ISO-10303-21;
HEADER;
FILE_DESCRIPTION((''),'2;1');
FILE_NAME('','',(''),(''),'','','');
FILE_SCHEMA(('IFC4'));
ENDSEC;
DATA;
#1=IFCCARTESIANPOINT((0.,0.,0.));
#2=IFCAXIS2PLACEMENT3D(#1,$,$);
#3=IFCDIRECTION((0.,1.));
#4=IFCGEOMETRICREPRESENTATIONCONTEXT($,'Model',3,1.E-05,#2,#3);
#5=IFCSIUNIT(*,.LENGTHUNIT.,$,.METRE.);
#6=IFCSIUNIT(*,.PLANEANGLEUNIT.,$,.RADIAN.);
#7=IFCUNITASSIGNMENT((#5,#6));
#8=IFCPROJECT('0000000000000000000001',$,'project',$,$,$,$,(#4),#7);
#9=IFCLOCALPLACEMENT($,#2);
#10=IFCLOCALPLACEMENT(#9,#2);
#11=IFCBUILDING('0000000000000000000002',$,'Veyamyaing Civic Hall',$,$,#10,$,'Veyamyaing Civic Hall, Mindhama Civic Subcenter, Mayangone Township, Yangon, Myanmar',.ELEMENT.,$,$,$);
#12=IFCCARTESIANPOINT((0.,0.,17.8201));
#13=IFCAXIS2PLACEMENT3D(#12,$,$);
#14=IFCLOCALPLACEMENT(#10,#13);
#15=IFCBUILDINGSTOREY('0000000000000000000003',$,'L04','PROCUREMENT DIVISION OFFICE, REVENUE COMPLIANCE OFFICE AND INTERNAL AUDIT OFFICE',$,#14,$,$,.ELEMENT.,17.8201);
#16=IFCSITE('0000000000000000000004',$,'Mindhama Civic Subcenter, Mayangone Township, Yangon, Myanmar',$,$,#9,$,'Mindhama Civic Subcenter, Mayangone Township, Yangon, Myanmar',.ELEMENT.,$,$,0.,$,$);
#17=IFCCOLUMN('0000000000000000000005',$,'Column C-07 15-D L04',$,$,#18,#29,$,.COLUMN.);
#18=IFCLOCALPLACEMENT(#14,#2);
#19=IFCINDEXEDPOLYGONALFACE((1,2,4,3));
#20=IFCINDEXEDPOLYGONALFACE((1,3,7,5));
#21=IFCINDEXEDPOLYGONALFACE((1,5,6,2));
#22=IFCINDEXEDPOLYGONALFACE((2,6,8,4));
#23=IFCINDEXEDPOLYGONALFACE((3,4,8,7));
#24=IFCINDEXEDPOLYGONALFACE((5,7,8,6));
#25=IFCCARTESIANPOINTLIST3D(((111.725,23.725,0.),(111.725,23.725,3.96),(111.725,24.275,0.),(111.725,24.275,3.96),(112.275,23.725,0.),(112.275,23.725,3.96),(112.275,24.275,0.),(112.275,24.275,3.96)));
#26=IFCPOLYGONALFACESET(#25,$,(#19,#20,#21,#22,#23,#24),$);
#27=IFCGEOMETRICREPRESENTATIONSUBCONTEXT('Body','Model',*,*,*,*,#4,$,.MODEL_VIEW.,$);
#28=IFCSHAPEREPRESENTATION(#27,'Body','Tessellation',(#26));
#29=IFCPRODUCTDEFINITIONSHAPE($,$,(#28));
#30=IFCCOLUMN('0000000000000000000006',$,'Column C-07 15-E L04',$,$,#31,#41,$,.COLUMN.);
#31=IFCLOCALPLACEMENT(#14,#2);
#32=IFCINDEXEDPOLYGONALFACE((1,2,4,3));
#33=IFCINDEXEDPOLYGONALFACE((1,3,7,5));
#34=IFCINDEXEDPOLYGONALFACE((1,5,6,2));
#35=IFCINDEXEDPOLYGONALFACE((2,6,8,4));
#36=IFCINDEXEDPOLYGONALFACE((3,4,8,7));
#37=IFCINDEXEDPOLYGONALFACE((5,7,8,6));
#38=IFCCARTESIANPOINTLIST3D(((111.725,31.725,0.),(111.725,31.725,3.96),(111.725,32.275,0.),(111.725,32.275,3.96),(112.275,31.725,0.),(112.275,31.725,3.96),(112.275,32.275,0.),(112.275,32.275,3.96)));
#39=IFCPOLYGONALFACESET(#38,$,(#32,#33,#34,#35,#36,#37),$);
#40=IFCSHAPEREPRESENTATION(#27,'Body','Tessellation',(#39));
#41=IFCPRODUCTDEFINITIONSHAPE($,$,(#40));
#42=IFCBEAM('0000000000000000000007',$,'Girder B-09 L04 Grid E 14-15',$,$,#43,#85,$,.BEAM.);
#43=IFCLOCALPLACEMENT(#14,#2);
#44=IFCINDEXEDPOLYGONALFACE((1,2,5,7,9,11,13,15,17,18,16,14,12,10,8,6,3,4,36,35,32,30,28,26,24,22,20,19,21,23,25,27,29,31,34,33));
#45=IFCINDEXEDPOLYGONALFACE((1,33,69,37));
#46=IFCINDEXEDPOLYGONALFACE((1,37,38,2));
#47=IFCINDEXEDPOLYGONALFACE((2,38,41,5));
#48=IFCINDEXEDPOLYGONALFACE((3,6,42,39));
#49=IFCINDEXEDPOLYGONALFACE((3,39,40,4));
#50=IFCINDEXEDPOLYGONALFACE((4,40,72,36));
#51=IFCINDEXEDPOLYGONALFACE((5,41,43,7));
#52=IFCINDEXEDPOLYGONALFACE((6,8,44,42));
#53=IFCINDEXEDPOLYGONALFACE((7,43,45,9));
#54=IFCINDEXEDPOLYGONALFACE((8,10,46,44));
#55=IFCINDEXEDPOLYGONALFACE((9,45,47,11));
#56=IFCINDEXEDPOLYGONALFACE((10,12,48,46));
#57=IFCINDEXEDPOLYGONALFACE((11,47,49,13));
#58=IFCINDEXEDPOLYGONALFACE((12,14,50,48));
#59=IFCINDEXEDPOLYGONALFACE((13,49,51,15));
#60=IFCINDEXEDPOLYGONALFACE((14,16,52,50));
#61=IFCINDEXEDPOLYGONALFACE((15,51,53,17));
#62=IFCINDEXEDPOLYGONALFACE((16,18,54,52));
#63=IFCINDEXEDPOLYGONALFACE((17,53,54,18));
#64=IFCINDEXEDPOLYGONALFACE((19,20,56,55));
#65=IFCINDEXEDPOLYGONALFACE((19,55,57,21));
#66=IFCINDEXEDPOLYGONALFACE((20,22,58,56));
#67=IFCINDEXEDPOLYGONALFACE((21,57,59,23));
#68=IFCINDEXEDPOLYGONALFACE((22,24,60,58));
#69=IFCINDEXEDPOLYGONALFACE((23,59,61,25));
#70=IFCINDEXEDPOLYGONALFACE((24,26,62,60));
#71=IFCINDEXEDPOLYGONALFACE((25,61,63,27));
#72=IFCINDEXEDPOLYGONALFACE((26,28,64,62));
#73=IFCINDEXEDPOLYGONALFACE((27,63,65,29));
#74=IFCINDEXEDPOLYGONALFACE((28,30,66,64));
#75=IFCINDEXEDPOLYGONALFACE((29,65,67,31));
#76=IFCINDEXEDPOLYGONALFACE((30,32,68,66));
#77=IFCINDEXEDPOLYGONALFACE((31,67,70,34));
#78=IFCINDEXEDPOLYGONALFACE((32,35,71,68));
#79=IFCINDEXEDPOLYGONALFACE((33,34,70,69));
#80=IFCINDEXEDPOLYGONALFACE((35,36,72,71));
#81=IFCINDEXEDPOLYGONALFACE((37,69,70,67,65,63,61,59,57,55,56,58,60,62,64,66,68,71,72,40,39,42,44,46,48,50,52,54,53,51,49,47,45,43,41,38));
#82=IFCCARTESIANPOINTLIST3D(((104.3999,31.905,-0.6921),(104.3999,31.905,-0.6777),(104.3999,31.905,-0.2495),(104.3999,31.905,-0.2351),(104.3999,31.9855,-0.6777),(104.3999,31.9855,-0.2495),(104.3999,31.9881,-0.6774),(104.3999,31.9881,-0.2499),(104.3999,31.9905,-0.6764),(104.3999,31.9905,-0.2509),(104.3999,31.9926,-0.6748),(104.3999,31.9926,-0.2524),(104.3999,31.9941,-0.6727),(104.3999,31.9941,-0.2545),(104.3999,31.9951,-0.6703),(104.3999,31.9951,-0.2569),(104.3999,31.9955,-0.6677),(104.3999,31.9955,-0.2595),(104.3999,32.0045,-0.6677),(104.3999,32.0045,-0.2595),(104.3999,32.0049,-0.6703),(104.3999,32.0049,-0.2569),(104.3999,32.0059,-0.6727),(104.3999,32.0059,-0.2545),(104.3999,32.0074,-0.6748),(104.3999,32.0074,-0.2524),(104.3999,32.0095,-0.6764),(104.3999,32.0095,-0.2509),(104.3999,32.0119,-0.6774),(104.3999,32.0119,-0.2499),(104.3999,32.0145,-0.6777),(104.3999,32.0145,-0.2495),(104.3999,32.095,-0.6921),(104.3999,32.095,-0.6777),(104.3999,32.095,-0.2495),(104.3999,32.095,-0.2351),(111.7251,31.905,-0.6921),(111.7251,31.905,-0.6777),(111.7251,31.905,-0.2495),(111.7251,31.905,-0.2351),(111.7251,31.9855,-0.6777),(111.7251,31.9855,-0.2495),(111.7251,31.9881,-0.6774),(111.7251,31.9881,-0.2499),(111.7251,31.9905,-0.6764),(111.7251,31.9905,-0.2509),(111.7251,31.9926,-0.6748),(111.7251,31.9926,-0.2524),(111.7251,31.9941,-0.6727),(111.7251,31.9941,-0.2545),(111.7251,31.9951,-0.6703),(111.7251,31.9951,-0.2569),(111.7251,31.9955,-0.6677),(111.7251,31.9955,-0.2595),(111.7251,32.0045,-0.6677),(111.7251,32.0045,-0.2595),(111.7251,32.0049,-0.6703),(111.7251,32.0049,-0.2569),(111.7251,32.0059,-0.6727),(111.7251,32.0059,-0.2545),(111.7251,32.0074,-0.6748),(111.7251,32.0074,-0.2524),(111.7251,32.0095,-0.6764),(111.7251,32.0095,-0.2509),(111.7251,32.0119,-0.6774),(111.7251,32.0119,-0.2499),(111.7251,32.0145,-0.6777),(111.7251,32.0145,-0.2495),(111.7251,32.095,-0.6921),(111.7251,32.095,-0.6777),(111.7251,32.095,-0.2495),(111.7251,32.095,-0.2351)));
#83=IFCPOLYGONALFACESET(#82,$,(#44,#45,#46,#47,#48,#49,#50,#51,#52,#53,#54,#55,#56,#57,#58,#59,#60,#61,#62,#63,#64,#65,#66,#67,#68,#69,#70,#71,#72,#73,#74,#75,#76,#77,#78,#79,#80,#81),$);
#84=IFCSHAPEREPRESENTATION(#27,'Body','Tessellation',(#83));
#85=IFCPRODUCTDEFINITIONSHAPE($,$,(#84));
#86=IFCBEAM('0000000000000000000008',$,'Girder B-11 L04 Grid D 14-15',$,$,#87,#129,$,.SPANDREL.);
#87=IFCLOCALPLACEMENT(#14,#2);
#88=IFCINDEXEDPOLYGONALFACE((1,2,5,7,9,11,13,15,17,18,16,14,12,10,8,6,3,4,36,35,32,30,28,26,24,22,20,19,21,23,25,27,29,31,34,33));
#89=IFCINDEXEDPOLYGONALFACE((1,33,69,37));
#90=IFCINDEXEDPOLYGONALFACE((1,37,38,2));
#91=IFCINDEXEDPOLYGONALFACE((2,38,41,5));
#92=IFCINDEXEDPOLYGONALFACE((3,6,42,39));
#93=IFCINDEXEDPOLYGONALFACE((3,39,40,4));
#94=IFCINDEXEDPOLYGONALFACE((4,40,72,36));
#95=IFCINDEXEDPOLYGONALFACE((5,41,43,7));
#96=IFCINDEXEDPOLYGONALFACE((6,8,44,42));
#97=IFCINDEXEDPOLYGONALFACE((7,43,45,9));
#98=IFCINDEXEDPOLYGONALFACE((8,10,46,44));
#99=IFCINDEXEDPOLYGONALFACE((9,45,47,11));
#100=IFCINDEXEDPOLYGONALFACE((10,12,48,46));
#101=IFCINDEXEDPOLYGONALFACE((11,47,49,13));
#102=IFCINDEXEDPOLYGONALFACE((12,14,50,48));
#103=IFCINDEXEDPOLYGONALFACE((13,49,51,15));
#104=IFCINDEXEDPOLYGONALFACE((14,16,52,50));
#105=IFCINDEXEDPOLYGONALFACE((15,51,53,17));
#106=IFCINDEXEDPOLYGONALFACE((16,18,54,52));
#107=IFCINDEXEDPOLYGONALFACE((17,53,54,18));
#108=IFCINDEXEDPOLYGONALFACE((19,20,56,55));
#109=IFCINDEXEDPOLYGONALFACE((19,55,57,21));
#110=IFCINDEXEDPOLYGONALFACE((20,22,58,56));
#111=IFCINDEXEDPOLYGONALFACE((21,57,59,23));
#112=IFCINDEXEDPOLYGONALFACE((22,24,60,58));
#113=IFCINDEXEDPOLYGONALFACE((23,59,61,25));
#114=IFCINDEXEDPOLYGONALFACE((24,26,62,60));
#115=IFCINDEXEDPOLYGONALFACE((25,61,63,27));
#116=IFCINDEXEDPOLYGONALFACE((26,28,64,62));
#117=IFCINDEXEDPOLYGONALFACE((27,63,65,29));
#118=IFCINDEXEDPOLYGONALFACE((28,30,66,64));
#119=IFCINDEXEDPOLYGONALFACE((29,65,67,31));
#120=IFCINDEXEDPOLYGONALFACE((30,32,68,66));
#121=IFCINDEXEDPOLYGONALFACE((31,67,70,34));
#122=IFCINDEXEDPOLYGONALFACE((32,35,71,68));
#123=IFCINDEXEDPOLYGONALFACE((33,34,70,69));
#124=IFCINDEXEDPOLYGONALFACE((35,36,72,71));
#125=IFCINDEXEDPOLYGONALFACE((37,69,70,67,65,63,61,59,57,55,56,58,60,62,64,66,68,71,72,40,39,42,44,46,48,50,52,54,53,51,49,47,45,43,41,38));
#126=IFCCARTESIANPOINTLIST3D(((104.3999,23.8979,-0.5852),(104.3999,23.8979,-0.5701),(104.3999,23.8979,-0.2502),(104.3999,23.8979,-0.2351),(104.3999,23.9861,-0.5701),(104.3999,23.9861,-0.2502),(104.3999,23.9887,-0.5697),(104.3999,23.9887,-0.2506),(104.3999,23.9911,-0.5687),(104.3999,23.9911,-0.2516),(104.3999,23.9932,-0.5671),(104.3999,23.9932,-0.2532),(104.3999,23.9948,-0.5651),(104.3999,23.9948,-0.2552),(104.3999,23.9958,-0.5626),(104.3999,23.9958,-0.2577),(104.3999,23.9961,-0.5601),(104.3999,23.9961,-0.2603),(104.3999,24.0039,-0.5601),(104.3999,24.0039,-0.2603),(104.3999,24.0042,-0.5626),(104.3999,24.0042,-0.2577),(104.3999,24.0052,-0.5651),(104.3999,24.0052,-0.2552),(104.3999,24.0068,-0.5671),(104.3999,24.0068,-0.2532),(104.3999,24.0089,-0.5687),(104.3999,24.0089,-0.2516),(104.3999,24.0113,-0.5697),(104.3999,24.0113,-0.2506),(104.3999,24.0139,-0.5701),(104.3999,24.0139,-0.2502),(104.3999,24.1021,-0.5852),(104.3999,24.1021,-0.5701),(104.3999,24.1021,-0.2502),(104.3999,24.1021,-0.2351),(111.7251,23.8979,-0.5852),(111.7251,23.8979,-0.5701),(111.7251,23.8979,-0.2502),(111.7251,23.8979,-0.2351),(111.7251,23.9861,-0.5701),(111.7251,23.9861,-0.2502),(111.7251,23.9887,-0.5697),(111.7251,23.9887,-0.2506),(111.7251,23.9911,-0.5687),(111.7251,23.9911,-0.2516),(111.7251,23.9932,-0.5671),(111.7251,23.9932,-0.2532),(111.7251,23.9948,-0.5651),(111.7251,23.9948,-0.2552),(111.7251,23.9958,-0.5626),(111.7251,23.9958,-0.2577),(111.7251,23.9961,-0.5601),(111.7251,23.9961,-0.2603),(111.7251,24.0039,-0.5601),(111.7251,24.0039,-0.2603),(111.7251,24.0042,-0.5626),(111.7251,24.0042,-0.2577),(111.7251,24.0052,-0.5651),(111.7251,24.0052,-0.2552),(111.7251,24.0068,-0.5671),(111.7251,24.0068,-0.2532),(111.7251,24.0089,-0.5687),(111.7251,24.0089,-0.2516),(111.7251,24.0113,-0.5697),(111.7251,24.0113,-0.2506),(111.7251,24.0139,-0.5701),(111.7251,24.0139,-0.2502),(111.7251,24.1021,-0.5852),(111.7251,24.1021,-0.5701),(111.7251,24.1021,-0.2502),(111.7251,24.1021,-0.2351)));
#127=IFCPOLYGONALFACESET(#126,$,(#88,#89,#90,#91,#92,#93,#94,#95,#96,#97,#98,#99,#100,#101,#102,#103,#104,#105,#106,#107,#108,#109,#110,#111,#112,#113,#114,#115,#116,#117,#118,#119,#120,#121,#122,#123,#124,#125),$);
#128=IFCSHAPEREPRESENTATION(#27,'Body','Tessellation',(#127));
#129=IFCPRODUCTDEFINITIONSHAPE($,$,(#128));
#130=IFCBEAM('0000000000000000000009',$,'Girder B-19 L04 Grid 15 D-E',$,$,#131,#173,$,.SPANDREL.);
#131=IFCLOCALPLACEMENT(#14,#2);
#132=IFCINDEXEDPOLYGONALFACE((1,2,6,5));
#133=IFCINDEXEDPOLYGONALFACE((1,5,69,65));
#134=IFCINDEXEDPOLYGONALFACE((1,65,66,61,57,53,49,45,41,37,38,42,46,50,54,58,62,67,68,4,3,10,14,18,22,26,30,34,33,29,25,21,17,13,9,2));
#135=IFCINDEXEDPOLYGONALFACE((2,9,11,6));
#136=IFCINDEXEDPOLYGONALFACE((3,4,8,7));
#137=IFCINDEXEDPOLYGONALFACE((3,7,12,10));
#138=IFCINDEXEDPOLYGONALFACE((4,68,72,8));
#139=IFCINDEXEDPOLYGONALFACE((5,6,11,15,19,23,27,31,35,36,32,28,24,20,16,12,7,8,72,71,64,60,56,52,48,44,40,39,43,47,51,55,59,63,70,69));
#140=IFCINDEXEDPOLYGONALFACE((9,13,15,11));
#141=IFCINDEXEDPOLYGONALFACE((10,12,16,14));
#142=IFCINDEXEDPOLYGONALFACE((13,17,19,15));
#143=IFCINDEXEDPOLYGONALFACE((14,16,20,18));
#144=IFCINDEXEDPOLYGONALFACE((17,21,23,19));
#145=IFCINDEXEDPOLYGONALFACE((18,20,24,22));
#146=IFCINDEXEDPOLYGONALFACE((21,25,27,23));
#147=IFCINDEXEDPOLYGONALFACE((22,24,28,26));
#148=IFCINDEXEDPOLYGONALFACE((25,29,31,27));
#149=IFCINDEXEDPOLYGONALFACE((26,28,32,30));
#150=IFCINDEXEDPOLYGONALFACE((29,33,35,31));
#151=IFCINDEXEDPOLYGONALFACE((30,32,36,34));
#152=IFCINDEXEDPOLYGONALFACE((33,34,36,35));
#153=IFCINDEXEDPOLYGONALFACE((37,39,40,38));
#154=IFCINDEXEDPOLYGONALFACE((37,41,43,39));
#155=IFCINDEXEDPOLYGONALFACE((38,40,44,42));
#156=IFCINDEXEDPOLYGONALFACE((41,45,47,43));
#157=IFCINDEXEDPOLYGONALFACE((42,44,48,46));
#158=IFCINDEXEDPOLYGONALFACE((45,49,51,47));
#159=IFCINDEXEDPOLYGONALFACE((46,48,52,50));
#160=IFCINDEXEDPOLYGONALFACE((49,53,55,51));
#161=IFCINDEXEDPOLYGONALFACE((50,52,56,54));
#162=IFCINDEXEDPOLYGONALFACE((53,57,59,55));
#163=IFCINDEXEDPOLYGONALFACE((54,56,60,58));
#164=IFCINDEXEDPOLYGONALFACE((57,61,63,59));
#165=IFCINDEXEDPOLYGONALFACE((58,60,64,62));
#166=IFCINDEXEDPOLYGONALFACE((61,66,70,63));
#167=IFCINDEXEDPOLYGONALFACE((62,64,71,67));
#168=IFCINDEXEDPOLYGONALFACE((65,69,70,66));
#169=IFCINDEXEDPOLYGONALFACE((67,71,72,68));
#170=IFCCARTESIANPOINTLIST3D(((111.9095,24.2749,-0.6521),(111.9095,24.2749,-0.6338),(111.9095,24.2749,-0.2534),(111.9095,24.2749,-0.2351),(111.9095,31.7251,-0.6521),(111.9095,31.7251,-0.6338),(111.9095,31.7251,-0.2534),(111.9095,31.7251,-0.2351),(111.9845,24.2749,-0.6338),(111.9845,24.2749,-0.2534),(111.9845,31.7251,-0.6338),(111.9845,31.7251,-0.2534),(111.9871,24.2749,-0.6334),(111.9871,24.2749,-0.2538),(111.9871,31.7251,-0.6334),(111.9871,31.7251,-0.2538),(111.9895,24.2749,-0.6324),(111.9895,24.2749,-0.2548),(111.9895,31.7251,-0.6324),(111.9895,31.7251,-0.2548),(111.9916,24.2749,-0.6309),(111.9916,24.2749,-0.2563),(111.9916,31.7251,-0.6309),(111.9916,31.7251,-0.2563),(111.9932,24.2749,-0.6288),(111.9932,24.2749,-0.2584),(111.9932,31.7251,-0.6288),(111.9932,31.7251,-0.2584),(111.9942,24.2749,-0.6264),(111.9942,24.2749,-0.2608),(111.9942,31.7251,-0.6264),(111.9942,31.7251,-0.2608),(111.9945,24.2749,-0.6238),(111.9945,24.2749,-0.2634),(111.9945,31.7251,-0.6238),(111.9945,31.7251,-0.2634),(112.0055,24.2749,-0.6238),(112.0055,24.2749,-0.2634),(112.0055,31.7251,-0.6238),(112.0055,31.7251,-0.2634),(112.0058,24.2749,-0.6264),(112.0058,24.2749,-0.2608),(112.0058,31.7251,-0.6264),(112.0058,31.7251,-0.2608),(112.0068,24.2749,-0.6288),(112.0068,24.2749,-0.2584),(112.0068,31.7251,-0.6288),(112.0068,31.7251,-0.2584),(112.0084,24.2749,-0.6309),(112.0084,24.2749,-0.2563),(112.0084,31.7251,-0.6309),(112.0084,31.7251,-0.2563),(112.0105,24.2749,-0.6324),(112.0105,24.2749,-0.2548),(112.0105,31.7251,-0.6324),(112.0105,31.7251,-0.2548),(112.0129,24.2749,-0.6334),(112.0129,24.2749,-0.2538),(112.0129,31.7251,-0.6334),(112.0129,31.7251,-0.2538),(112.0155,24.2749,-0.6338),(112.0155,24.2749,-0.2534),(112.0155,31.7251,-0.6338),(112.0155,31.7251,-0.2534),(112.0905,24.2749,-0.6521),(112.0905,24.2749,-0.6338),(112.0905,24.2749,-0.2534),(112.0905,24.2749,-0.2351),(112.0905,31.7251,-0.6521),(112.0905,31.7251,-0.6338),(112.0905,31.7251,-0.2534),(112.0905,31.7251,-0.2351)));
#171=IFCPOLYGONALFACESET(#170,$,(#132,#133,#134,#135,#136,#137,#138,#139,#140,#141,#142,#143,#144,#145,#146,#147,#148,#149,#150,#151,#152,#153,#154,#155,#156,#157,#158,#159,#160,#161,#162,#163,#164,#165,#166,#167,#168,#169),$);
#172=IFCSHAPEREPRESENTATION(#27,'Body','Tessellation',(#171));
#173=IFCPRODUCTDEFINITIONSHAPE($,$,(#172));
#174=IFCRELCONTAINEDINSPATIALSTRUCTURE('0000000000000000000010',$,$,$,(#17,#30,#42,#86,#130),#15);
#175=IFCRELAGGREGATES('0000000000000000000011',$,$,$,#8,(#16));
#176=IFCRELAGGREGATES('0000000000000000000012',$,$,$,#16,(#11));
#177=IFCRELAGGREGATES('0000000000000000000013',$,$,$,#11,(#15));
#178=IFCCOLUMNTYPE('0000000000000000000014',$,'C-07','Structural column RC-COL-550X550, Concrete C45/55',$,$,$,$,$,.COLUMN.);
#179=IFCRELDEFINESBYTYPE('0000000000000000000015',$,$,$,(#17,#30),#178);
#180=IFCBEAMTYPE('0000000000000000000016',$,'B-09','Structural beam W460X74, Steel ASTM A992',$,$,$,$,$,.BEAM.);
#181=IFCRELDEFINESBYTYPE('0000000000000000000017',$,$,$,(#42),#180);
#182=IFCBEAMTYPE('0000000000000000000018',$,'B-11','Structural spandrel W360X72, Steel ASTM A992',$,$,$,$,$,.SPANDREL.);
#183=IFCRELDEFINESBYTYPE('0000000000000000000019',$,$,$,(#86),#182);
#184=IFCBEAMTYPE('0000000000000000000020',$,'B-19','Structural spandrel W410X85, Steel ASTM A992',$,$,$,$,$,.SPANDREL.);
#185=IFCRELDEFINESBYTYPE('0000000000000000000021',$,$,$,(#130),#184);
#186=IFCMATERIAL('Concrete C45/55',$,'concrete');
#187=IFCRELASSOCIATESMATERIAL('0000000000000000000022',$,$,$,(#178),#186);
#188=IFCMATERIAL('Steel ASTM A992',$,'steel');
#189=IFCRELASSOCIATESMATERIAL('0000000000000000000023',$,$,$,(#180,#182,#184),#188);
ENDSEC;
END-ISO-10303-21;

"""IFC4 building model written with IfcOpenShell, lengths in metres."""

from ifc_helpers import new_model, si_unit, direction, frame, origin, origin_2d, place, context, subcontext, project, spatial, rectangle, i_section, extrude, material, material_profile, profile_set, type_object, element, save


model = new_model("IFC4")

# Units and contexts
model_context = context("Model", 3, precision=1e-05, world=origin(), true_north=direction((0.0, 1.0)))
body_context = subcontext(model_context, "Body", "Model", "MODEL_VIEW")
ifc_project = project(units=[si_unit("LENGTHUNIT", "METRE"), si_unit("PLANEANGLEUNIT", "RADIAN")], contexts=[model_context])

# Site, building, storey
site_placement = place(None, origin())
site = spatial("IfcSite", under=ifc_project, at=site_placement, Name="Mindhama Civic Subcenter, Mayangone Township, Yangon, Myanmar", LongName="Mindhama Civic Subcenter, Mayangone Township, Yangon, Myanmar", CompositionType="ELEMENT", RefElevation=0.0)
building_placement = place(site_placement, origin())
building = spatial("IfcBuilding", under=site, at=building_placement, Name="Veyamyaing Civic Hall", LongName="Veyamyaing Civic Hall, Mindhama Civic Subcenter, Mayangone Township, Yangon, Myanmar", CompositionType="ELEMENT")
storey_placement = place(building_placement, frame((0.0, 0.0, 17.8201)))
storey = spatial("IfcBuildingStorey", under=building, at=storey_placement, Name="L04", Description="PROCUREMENT DIVISION OFFICE, REVENUE COMPLIANCE OFFICE AND INTERNAL AUDIT OFFICE", CompositionType="ELEMENT", Elevation=17.8201)

# Columns
ifc_material_1 = material(Name="Concrete C45/55", Category="concrete")
ifc_material_profile_1 = material_profile(ifc_material_1, rectangle(XDim=0.55, YDim=0.55, at=origin_2d()), Name="RC-COL-550X550")
ifc_profile_set_1 = profile_set([ifc_material_profile_1], Name="Concrete C45/55")
column_type = type_object("IfcColumnType", Name="C-07", Description="Structural column RC-COL-550X550, Concrete C45/55", PredefinedType="COLUMN", material=ifc_profile_set_1)
for number, where, z_axis, x_axis, name in (
    (1, (112.0, 24.0, 0.0), (0.0, 0.0, 1.0), (1.0, 0.0, 0.0), "Column C-07 15-D L04"),
    (2, (112.0, 32.0, 0.0), (0.0, 0.0, 1.0), (1.0, 0.0, 0.0), "Column C-07 15-E L04"),
):
    element("IfcColumn", number, at=place(storey_placement, frame(where, z_axis=z_axis, x_axis=x_axis)), inside=storey, type_object=column_type, Name=name, PredefinedType="COLUMN", context=body_context, shape_type="SweptSolid", body=[
        extrude(rectangle(XDim=0.55, YDim=0.55, at=origin_2d()), origin(), (0.0, 0.0, 1.0), 3.96),
    ])

# Beams
ifc_material_2 = material(Name="Steel ASTM A992", Category="steel")
ifc_material_profile_2 = material_profile(ifc_material_2, i_section(OverallWidth=0.1899, OverallDepth=0.457, WebThickness=0.009, FlangeThickness=0.0144, FilletRadius=0.01, at=origin_2d()), Name="W460X74")
ifc_profile_set_2 = profile_set([ifc_material_profile_2], Name="Steel ASTM A992")
beam_type_1 = type_object("IfcBeamType", Name="B-09", Description="Structural beam W460X74, Steel ASTM A992", PredefinedType="BEAM", material=ifc_profile_set_2)
beam_1_placement = place(storey_placement, frame((104.3999, 32.0, -0.4636), z_axis=(1.0, 0.0, 0.0), x_axis=(0.0, 1.0, 0.0)))
element("IfcBeam", 3, at=beam_1_placement, inside=storey, type_object=beam_type_1, Name="Girder B-09 L04 Grid E 14-15", PredefinedType="BEAM", context=body_context, shape_type="SweptSolid", body=[
    extrude(i_section(OverallWidth=0.1899, OverallDepth=0.457, WebThickness=0.009, FlangeThickness=0.0144, FilletRadius=0.01, at=origin_2d()), origin(), (0.0, 0.0, 1.0), 7.3252),
])
ifc_material_profile_3 = material_profile(ifc_material_2, i_section(OverallWidth=0.2041, OverallDepth=0.3501, WebThickness=0.0078, FlangeThickness=0.0151, FilletRadius=0.01, at=origin_2d()), Name="W360X72")
ifc_profile_set_3 = profile_set([ifc_material_profile_3], Name="Steel ASTM A992")
beam_type_2 = type_object("IfcBeamType", Name="B-11", Description="Structural spandrel W360X72, Steel ASTM A992", PredefinedType="SPANDREL", material=ifc_profile_set_3)
beam_2_placement = place(storey_placement, frame((104.3999, 24.0, -0.4102), z_axis=(1.0, 0.0, 0.0), x_axis=(0.0, 1.0, 0.0)))
element("IfcBeam", 4, at=beam_2_placement, inside=storey, type_object=beam_type_2, Name="Girder B-11 L04 Grid D 14-15", PredefinedType="SPANDREL", context=body_context, shape_type="SweptSolid", body=[
    extrude(i_section(OverallWidth=0.2041, OverallDepth=0.3501, WebThickness=0.0078, FlangeThickness=0.0151, FilletRadius=0.01, at=origin_2d()), origin(), (0.0, 0.0, 1.0), 7.3252),
])
ifc_material_profile_4 = material_profile(ifc_material_2, i_section(OverallWidth=0.1809, OverallDepth=0.417, WebThickness=0.011, FlangeThickness=0.0183, FilletRadius=0.01, at=origin_2d()), Name="W410X85")
ifc_profile_set_4 = profile_set([ifc_material_profile_4], Name="Steel ASTM A992")
beam_type_3 = type_object("IfcBeamType", Name="B-19", Description="Structural spandrel W410X85, Steel ASTM A992", PredefinedType="SPANDREL", material=ifc_profile_set_4)
beam_3_placement = place(storey_placement, frame((112.0, 24.2749, -0.4436), z_axis=(0.0, 1.0, 0.0), x_axis=(-1.0, 0.0, 0.0)))
element("IfcBeam", 5, at=beam_3_placement, inside=storey, type_object=beam_type_3, Name="Girder B-19 L04 Grid 15 D-E", PredefinedType="SPANDREL", context=body_context, shape_type="SweptSolid", body=[
    extrude(i_section(OverallWidth=0.1809, OverallDepth=0.417, WebThickness=0.011, FlangeThickness=0.0183, FilletRadius=0.01, at=origin_2d()), origin(), (0.0, 0.0, 1.0), 7.4502),
])

save(model, "model.ifc")
